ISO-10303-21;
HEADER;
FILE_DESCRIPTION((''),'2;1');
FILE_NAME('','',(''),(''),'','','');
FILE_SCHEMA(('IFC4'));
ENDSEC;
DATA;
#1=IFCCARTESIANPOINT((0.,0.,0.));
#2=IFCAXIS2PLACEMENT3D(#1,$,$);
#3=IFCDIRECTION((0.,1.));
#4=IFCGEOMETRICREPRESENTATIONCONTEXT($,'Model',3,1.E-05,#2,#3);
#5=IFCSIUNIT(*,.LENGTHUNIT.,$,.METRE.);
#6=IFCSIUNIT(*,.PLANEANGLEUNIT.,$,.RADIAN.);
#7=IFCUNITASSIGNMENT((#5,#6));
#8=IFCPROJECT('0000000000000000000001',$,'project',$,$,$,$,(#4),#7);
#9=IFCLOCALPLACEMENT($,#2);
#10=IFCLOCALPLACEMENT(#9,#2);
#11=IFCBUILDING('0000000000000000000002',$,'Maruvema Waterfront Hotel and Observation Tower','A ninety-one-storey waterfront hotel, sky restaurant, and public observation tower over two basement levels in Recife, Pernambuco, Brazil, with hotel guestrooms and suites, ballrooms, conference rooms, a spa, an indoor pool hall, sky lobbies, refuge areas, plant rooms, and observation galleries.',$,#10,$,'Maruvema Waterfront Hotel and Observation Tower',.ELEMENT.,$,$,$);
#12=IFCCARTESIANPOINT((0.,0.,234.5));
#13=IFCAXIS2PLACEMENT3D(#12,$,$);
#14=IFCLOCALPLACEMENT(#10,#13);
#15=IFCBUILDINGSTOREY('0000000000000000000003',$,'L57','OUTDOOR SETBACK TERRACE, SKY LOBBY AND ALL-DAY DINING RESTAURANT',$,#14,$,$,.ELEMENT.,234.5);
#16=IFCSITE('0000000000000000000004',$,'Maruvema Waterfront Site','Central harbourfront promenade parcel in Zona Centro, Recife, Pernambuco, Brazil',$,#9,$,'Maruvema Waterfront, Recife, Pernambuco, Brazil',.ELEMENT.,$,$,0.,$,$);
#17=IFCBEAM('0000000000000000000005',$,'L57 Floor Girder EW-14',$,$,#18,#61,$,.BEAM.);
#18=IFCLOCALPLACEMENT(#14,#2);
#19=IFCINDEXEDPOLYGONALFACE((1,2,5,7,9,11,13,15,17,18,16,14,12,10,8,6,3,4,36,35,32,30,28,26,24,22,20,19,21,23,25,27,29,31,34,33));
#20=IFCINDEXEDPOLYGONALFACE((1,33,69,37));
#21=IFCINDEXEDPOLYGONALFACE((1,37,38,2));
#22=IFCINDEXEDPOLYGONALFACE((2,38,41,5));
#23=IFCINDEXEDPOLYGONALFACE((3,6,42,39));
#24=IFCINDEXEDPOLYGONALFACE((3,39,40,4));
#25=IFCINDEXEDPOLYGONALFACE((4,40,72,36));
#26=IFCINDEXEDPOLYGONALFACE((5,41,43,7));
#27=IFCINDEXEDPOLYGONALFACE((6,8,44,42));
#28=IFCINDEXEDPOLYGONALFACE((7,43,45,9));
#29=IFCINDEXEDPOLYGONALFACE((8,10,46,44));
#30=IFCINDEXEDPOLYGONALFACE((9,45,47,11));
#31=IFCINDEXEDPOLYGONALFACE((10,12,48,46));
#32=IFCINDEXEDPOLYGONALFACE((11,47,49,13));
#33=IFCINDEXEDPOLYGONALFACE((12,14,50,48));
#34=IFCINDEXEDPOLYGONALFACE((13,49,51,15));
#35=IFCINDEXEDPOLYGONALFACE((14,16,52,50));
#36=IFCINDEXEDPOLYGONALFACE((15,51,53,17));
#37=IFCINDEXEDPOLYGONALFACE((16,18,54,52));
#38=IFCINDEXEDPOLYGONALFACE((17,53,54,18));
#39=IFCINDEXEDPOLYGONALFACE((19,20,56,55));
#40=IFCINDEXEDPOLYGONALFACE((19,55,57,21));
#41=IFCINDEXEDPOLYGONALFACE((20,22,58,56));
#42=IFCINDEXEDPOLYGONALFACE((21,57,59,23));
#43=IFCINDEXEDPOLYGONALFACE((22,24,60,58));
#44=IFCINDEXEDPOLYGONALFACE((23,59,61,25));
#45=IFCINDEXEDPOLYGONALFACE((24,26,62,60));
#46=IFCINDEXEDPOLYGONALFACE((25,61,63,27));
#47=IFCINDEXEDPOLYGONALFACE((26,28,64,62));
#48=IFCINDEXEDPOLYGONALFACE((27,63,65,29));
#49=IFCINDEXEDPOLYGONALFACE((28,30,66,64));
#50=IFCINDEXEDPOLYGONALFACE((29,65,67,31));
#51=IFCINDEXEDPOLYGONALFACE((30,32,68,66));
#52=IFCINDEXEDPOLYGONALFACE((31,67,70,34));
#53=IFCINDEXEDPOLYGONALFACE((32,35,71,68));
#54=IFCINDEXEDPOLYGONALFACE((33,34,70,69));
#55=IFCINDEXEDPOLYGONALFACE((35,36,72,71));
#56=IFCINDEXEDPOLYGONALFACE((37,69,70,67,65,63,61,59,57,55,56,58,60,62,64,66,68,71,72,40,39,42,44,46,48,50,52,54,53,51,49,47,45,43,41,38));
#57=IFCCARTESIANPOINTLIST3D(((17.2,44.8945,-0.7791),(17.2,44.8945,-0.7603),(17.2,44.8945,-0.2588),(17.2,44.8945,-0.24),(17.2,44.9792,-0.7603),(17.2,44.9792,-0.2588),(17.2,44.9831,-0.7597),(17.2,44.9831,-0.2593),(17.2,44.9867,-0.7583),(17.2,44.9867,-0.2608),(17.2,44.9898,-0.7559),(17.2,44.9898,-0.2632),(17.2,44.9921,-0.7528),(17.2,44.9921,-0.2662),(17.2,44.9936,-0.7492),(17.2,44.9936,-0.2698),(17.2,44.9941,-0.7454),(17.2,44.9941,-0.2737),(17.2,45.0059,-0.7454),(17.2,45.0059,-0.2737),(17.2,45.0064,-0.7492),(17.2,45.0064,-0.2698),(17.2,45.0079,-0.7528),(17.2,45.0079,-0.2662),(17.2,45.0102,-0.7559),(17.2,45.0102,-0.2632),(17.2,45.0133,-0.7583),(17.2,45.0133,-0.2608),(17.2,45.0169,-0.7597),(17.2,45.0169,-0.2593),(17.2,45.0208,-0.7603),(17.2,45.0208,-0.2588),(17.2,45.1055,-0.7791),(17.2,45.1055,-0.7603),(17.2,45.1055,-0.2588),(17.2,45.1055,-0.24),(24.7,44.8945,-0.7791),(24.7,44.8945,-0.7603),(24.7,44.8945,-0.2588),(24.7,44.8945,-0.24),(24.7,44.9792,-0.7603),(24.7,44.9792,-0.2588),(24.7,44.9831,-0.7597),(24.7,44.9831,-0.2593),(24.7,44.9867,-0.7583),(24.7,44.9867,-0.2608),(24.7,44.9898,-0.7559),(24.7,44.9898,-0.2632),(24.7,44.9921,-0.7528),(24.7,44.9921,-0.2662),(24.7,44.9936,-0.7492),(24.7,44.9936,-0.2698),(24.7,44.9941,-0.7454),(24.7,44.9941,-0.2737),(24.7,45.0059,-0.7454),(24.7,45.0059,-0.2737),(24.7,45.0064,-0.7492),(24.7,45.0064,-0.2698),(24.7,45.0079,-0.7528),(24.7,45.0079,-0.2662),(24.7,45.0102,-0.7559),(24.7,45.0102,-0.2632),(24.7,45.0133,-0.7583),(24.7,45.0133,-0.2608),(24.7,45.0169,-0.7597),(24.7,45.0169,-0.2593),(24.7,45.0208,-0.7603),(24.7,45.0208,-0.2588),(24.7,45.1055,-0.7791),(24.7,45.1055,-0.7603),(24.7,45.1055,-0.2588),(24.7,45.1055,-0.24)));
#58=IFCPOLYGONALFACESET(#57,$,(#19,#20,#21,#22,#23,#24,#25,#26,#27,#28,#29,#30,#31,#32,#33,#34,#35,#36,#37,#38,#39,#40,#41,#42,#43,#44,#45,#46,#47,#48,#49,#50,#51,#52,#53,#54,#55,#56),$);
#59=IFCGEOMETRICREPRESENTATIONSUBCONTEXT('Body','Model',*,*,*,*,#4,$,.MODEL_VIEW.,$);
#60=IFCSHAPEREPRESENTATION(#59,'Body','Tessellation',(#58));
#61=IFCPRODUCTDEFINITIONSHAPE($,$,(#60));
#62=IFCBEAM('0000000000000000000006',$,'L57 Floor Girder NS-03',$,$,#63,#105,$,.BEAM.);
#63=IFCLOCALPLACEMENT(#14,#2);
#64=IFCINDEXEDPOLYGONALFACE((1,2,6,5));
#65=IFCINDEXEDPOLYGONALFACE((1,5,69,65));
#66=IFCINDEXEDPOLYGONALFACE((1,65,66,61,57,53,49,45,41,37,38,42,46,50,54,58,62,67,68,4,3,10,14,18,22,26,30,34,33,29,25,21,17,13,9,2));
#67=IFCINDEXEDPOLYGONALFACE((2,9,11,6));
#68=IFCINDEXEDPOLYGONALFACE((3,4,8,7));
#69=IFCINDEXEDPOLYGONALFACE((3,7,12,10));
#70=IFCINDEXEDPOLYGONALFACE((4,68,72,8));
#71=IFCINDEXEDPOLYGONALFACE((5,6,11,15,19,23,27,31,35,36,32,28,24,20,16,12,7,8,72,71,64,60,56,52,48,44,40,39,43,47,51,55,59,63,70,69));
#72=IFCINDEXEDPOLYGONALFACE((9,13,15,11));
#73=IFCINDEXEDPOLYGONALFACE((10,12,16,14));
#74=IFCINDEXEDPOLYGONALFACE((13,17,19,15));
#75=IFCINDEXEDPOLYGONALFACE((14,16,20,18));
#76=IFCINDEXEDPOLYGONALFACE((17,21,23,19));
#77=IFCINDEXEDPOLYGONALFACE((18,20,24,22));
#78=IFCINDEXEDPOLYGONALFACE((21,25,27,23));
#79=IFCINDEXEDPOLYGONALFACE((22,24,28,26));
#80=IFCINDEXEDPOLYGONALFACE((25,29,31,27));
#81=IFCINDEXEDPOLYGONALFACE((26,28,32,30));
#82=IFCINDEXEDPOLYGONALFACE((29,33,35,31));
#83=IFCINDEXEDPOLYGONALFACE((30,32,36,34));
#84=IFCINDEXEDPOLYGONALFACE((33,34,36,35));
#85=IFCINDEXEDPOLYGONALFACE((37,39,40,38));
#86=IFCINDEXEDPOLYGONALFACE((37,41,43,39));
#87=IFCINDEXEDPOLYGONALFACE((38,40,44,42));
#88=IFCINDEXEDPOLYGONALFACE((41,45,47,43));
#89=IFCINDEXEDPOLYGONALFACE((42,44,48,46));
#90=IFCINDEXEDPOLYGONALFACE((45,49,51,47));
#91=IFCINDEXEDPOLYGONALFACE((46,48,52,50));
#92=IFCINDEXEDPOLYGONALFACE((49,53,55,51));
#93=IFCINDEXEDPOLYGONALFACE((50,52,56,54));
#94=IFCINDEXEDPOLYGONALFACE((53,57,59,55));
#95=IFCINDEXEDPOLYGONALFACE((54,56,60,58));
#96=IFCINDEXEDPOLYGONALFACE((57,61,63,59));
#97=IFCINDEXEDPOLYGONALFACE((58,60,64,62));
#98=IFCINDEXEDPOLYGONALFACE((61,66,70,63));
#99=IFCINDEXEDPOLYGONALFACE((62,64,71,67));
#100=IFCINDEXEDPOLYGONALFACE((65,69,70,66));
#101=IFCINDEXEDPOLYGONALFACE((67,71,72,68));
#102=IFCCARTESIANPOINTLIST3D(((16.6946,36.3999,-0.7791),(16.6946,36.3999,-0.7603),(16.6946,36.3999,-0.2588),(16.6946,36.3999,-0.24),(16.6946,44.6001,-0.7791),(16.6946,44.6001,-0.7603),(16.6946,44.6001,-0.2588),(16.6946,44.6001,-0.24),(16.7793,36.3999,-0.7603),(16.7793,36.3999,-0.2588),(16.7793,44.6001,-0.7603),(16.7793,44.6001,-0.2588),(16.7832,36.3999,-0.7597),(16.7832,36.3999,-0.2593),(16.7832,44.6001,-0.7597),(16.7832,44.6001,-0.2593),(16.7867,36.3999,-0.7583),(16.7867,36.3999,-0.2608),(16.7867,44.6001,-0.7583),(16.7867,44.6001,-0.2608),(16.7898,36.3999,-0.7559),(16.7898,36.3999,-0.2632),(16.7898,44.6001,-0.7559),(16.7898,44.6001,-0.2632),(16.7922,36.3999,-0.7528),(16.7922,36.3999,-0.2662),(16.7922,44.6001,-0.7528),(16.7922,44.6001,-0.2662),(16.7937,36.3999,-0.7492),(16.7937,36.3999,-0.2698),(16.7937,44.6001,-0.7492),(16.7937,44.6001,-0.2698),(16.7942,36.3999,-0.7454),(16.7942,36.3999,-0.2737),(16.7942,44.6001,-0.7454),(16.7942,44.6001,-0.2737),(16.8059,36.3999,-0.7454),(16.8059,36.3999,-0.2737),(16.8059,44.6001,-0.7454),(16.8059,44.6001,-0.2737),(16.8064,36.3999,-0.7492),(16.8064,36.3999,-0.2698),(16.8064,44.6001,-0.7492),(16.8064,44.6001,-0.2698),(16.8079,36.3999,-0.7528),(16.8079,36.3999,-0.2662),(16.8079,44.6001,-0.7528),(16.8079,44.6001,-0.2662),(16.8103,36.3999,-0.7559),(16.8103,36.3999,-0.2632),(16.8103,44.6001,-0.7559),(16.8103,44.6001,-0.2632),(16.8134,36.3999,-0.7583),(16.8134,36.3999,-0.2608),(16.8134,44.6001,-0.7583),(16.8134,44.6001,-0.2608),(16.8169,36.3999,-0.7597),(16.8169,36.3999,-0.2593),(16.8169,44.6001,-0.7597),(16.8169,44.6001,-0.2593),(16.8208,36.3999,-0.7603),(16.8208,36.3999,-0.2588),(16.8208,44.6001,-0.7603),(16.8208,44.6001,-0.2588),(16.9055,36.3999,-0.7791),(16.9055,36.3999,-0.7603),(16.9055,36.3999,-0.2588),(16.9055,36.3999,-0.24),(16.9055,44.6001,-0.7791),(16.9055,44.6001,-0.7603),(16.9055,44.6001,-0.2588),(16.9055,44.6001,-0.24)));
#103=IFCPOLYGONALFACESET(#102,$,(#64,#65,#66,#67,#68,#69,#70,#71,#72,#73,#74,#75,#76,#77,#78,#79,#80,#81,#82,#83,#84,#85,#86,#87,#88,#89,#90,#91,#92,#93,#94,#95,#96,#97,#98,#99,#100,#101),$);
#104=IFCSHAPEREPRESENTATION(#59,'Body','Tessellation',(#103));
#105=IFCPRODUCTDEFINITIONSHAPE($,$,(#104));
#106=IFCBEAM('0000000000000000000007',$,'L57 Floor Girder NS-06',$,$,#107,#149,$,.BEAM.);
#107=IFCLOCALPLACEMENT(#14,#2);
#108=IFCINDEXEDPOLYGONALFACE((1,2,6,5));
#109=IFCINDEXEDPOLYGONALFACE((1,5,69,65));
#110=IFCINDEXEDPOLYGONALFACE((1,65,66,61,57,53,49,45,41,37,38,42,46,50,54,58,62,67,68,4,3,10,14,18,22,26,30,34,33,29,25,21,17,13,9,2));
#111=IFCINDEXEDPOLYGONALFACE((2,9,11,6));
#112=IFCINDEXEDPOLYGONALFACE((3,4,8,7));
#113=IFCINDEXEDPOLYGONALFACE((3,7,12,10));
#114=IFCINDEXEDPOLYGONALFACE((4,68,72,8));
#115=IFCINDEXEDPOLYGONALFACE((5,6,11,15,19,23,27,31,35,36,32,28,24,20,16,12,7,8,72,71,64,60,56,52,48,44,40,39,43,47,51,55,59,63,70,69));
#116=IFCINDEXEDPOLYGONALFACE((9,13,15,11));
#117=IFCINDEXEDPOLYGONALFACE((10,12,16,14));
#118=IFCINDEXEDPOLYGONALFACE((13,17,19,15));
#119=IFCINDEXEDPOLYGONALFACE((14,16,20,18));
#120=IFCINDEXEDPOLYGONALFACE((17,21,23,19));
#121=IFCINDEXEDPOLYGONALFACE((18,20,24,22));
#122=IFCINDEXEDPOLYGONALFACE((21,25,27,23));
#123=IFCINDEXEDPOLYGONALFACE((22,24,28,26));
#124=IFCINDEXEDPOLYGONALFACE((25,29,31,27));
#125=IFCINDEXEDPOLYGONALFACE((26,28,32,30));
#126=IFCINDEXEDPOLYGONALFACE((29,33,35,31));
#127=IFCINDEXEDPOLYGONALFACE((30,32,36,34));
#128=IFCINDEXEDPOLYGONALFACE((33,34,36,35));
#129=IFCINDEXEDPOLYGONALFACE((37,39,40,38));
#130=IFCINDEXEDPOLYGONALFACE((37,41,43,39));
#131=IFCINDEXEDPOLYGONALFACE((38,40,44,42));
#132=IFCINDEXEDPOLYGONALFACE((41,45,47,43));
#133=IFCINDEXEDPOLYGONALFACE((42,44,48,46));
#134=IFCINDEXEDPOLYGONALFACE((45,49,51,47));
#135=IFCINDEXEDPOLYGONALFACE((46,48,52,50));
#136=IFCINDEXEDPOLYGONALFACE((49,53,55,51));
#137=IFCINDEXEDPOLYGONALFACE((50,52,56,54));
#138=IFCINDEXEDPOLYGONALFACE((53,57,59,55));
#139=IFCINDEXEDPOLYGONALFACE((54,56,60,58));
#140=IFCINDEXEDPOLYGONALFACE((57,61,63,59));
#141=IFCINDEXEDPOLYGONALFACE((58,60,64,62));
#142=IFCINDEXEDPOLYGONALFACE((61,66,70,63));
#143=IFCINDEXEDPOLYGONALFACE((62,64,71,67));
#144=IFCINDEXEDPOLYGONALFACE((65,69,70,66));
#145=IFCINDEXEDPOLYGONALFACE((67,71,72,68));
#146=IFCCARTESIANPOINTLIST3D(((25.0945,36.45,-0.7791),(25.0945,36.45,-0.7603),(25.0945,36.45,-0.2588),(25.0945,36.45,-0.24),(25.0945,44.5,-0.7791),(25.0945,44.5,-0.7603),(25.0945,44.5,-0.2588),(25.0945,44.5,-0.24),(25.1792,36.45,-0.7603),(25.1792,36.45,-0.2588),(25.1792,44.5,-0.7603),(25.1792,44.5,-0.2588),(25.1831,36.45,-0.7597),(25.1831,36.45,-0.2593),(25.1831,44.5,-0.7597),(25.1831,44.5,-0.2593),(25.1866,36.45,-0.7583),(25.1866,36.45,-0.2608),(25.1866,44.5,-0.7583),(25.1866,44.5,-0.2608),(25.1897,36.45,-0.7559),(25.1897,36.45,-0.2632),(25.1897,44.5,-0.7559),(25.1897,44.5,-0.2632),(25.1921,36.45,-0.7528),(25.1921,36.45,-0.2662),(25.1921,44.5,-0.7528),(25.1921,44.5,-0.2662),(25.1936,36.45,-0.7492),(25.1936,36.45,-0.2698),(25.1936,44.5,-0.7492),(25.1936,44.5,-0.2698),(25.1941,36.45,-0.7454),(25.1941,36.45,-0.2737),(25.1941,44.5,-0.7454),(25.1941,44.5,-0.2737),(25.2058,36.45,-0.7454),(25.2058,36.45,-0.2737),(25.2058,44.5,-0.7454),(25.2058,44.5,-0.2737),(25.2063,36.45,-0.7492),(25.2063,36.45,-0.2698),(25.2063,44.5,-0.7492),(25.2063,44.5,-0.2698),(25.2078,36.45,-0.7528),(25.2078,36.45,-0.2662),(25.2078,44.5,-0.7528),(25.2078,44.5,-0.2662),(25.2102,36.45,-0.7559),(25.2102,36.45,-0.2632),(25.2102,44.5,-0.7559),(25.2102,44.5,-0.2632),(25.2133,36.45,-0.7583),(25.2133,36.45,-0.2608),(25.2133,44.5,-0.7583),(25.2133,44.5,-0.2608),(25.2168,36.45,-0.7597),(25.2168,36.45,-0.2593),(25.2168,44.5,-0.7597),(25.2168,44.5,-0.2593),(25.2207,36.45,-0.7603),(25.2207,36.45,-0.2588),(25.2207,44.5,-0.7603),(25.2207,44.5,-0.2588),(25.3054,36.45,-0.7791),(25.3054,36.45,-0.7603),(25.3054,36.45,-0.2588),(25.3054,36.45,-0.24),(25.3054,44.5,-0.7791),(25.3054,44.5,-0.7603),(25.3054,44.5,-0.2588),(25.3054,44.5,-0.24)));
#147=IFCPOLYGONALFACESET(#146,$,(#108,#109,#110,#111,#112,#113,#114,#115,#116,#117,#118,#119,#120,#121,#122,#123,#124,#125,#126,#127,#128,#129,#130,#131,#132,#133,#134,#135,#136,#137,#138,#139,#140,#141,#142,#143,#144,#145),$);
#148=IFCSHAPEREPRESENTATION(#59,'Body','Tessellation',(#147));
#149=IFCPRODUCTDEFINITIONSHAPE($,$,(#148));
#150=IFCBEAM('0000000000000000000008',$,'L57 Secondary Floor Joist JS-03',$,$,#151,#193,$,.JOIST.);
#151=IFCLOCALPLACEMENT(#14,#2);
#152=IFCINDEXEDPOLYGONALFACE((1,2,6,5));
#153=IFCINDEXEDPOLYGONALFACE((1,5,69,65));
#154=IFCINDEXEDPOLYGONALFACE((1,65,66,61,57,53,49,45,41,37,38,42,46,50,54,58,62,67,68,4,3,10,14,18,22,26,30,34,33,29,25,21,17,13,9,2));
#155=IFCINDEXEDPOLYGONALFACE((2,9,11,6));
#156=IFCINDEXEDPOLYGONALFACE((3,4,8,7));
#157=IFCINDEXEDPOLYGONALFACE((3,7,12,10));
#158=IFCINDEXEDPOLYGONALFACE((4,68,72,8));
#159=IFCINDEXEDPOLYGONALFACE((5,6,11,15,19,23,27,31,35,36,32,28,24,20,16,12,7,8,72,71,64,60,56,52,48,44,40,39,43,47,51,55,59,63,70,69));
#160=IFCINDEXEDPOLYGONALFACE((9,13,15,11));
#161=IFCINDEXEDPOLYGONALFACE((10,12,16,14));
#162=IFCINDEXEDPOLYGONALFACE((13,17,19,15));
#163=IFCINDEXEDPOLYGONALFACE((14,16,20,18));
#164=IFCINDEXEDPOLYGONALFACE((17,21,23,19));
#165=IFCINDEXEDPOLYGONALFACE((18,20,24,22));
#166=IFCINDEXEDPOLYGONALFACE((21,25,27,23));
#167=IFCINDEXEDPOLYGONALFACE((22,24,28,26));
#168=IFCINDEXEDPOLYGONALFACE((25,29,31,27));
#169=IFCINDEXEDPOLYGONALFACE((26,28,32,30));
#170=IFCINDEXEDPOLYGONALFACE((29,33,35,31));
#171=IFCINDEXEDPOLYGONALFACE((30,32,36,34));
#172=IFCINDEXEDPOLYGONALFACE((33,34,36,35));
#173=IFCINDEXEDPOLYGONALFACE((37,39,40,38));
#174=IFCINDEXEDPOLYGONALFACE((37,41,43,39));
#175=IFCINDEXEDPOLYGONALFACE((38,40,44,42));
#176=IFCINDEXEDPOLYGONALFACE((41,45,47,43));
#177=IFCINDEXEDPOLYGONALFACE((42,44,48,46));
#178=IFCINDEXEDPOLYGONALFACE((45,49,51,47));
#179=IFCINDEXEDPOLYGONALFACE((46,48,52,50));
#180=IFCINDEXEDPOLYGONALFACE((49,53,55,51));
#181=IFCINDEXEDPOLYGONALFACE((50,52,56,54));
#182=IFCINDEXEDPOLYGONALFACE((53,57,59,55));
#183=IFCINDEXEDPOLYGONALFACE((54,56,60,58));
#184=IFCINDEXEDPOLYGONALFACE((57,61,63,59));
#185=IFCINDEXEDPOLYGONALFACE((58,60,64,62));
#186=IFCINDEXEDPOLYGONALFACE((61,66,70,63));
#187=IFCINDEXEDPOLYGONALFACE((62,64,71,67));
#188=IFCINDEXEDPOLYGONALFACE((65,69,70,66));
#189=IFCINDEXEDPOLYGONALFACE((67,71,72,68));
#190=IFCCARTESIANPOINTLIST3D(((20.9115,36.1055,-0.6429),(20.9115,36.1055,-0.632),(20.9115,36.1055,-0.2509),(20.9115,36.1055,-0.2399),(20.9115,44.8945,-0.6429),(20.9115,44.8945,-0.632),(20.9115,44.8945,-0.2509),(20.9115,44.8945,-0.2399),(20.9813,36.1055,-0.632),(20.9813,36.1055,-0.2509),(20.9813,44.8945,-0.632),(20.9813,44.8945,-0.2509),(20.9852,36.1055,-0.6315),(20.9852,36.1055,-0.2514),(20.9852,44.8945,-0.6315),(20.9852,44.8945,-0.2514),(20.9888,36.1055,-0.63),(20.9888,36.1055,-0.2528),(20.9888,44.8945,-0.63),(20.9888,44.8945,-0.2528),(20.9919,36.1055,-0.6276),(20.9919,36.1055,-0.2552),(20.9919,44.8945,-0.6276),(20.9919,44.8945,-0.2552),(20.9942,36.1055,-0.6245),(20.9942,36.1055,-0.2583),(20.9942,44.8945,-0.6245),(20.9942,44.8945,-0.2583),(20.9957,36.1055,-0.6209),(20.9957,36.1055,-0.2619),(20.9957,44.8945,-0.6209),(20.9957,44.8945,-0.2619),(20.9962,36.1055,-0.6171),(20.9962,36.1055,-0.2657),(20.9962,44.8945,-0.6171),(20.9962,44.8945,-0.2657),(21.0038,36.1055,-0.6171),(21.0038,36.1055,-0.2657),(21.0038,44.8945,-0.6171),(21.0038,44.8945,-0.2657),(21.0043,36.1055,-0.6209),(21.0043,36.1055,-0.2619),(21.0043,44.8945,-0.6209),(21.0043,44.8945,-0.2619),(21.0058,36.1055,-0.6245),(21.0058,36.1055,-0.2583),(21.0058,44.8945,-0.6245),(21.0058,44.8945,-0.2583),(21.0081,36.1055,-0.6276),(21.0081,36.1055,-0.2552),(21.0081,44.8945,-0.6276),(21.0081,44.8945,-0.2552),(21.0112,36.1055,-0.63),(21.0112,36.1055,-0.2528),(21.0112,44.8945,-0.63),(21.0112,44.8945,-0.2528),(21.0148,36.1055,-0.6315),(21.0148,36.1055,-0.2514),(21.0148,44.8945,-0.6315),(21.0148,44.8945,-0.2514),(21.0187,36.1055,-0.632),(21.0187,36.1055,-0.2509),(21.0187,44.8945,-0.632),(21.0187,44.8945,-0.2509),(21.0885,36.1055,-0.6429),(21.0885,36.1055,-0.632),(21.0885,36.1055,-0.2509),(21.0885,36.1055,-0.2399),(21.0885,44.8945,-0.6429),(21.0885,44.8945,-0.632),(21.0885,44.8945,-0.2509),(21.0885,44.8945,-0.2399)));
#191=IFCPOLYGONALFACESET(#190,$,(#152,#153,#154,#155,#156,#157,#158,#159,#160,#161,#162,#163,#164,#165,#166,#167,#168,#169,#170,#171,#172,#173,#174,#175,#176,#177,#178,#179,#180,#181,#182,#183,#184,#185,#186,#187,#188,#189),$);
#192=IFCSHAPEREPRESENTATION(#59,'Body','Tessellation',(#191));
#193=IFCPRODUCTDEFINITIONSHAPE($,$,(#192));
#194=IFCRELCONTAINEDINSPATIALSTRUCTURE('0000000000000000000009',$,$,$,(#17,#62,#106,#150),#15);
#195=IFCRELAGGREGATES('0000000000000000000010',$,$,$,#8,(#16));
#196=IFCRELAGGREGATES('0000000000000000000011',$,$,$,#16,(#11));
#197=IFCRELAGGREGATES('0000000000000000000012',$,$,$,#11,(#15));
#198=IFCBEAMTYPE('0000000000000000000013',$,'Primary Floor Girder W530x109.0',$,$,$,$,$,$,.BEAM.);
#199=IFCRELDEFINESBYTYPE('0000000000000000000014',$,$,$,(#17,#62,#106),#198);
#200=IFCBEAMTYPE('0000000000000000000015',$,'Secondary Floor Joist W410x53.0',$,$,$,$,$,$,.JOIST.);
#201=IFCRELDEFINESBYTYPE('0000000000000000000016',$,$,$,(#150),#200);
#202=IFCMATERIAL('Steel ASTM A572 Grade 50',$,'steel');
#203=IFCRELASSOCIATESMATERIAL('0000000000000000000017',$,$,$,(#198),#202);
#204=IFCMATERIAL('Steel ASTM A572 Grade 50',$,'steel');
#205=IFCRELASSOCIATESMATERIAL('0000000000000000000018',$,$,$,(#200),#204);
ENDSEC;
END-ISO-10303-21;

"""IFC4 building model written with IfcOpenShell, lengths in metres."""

from ifc_helpers import new_model, si_unit, direction, frame, origin, origin_2d, place, context, subcontext, project, spatial, i_section, extrude, material, material_profile, profile_set, type_object, element, save


model = new_model("IFC4")

# Units and contexts
model_context = context("Model", 3, precision=1e-05, world=origin(), true_north=direction((0.0, 1.0)))
body_context = subcontext(model_context, "Body", "Model", "MODEL_VIEW")
ifc_project = project(units=[si_unit("LENGTHUNIT", "METRE"), si_unit("PLANEANGLEUNIT", "RADIAN")], contexts=[model_context])

# Site, building, storey
site_placement = place(None, origin())
site = spatial("IfcSite", under=ifc_project, at=site_placement, Name="Maruvema Waterfront Site", Description="Central harbourfront promenade parcel in Zona Centro, Recife, Pernambuco, Brazil", LongName="Maruvema Waterfront, Recife, Pernambuco, Brazil", CompositionType="ELEMENT", RefElevation=0.0)
building_placement = place(site_placement, origin())
building = spatial("IfcBuilding", under=site, at=building_placement, Name="Maruvema Waterfront Hotel and Observation Tower", Description="A ninety-one-storey waterfront hotel, sky restaurant, and public observation tower over two basement levels in Recife, Pernambuco, Brazil, with hotel guestrooms and suites, ballrooms, conference rooms, a spa, an indoor pool hall, sky lobbies, refuge areas, plant rooms, and observation galleries.", LongName="Maruvema Waterfront Hotel and Observation Tower", CompositionType="ELEMENT")
storey_placement = place(building_placement, frame((0.0, 0.0, 234.5)))
storey = spatial("IfcBuildingStorey", under=building, at=storey_placement, Name="L57", Description="OUTDOOR SETBACK TERRACE, SKY LOBBY AND ALL-DAY DINING RESTAURANT", CompositionType="ELEMENT", Elevation=234.5)

# Beams
ifc_material_1 = material(Name="Steel ASTM A572 Grade 50", Category="steel")
ifc_material_profile_1 = material_profile(ifc_material_1, i_section(OverallWidth=0.2109, OverallDepth=0.5391, WebThickness=0.0117, FlangeThickness=0.0188, FilletRadius=0.0149, at=origin_2d()), Name="W530x109.0")
ifc_profile_set_1 = profile_set([ifc_material_profile_1], Name="Steel ASTM A572 Grade 50")
beam_type_1 = type_object("IfcBeamType", Name="Primary Floor Girder W530x109.0", PredefinedType="BEAM", material=ifc_profile_set_1)
beam_1_placement = place(storey_placement, frame((17.2, 45.0, -0.5095), z_axis=(1.0, 0.0, 0.0), x_axis=(0.0, 1.0, 0.0)))
element("IfcBeam", 1, at=beam_1_placement, inside=storey, type_object=beam_type_1, Name="L57 Floor Girder EW-14", PredefinedType="BEAM", context=body_context, shape_type="SweptSolid", body=[
    extrude(i_section(OverallWidth=0.2109, OverallDepth=0.5391, WebThickness=0.0117, FlangeThickness=0.0188, FilletRadius=0.0149, at=origin_2d()), origin(), (0.0, 0.0, 1.0), 7.5),
])
beam_2_placement = place(storey_placement, frame((16.8, 36.3999, -0.5095), z_axis=(0.0, 1.0, 0.0), x_axis=(-1.0, 0.0, 0.0)))
element("IfcBeam", 2, at=beam_2_placement, inside=storey, type_object=beam_type_1, Name="L57 Floor Girder NS-03", PredefinedType="BEAM", context=body_context, shape_type="SweptSolid", body=[
    extrude(i_section(OverallWidth=0.2109, OverallDepth=0.5391, WebThickness=0.0117, FlangeThickness=0.0188, FilletRadius=0.0149, at=origin_2d()), origin(), (0.0, 0.0, 1.0), 8.2002),
])
beam_3_placement = place(storey_placement, frame((25.2, 36.45, -0.5095), z_axis=(0.0, 1.0, 0.0), x_axis=(-1.0, 0.0, 0.0)))
element("IfcBeam", 3, at=beam_3_placement, inside=storey, type_object=beam_type_1, Name="L57 Floor Girder NS-06", PredefinedType="BEAM", context=body_context, shape_type="SweptSolid", body=[
    extrude(i_section(OverallWidth=0.2109, OverallDepth=0.5391, WebThickness=0.0117, FlangeThickness=0.0188, FilletRadius=0.0149, at=origin_2d()), origin(), (0.0, 0.0, 1.0), 8.05),
])
ifc_material_2 = material(Name="Steel ASTM A572 Grade 50", Category="steel")
ifc_material_profile_2 = material_profile(ifc_material_2, i_section(OverallWidth=0.177, OverallDepth=0.4031, WebThickness=0.0076, FlangeThickness=0.011, FilletRadius=0.0149, at=origin_2d()), Name="W410x53.0")
ifc_profile_set_2 = profile_set([ifc_material_profile_2], Name="Steel ASTM A572 Grade 50")
beam_type_2 = type_object("IfcBeamType", Name="Secondary Floor Joist W410x53.0", PredefinedType="JOIST", material=ifc_profile_set_2)
beam_4_placement = place(storey_placement, frame((21.0, 36.1055, -0.4414), z_axis=(0.0, 1.0, 0.0), x_axis=(-1.0, 0.0, 0.0)))
element("IfcBeam", 4, at=beam_4_placement, inside=storey, type_object=beam_type_2, Name="L57 Secondary Floor Joist JS-03", PredefinedType="JOIST", context=body_context, shape_type="SweptSolid", body=[
    extrude(i_section(OverallWidth=0.177, OverallDepth=0.4031, WebThickness=0.0076, FlangeThickness=0.011, FilletRadius=0.0149, at=origin_2d()), origin(), (0.0, 0.0, 1.0), 8.7891),
])

save(model, "model.ifc")
